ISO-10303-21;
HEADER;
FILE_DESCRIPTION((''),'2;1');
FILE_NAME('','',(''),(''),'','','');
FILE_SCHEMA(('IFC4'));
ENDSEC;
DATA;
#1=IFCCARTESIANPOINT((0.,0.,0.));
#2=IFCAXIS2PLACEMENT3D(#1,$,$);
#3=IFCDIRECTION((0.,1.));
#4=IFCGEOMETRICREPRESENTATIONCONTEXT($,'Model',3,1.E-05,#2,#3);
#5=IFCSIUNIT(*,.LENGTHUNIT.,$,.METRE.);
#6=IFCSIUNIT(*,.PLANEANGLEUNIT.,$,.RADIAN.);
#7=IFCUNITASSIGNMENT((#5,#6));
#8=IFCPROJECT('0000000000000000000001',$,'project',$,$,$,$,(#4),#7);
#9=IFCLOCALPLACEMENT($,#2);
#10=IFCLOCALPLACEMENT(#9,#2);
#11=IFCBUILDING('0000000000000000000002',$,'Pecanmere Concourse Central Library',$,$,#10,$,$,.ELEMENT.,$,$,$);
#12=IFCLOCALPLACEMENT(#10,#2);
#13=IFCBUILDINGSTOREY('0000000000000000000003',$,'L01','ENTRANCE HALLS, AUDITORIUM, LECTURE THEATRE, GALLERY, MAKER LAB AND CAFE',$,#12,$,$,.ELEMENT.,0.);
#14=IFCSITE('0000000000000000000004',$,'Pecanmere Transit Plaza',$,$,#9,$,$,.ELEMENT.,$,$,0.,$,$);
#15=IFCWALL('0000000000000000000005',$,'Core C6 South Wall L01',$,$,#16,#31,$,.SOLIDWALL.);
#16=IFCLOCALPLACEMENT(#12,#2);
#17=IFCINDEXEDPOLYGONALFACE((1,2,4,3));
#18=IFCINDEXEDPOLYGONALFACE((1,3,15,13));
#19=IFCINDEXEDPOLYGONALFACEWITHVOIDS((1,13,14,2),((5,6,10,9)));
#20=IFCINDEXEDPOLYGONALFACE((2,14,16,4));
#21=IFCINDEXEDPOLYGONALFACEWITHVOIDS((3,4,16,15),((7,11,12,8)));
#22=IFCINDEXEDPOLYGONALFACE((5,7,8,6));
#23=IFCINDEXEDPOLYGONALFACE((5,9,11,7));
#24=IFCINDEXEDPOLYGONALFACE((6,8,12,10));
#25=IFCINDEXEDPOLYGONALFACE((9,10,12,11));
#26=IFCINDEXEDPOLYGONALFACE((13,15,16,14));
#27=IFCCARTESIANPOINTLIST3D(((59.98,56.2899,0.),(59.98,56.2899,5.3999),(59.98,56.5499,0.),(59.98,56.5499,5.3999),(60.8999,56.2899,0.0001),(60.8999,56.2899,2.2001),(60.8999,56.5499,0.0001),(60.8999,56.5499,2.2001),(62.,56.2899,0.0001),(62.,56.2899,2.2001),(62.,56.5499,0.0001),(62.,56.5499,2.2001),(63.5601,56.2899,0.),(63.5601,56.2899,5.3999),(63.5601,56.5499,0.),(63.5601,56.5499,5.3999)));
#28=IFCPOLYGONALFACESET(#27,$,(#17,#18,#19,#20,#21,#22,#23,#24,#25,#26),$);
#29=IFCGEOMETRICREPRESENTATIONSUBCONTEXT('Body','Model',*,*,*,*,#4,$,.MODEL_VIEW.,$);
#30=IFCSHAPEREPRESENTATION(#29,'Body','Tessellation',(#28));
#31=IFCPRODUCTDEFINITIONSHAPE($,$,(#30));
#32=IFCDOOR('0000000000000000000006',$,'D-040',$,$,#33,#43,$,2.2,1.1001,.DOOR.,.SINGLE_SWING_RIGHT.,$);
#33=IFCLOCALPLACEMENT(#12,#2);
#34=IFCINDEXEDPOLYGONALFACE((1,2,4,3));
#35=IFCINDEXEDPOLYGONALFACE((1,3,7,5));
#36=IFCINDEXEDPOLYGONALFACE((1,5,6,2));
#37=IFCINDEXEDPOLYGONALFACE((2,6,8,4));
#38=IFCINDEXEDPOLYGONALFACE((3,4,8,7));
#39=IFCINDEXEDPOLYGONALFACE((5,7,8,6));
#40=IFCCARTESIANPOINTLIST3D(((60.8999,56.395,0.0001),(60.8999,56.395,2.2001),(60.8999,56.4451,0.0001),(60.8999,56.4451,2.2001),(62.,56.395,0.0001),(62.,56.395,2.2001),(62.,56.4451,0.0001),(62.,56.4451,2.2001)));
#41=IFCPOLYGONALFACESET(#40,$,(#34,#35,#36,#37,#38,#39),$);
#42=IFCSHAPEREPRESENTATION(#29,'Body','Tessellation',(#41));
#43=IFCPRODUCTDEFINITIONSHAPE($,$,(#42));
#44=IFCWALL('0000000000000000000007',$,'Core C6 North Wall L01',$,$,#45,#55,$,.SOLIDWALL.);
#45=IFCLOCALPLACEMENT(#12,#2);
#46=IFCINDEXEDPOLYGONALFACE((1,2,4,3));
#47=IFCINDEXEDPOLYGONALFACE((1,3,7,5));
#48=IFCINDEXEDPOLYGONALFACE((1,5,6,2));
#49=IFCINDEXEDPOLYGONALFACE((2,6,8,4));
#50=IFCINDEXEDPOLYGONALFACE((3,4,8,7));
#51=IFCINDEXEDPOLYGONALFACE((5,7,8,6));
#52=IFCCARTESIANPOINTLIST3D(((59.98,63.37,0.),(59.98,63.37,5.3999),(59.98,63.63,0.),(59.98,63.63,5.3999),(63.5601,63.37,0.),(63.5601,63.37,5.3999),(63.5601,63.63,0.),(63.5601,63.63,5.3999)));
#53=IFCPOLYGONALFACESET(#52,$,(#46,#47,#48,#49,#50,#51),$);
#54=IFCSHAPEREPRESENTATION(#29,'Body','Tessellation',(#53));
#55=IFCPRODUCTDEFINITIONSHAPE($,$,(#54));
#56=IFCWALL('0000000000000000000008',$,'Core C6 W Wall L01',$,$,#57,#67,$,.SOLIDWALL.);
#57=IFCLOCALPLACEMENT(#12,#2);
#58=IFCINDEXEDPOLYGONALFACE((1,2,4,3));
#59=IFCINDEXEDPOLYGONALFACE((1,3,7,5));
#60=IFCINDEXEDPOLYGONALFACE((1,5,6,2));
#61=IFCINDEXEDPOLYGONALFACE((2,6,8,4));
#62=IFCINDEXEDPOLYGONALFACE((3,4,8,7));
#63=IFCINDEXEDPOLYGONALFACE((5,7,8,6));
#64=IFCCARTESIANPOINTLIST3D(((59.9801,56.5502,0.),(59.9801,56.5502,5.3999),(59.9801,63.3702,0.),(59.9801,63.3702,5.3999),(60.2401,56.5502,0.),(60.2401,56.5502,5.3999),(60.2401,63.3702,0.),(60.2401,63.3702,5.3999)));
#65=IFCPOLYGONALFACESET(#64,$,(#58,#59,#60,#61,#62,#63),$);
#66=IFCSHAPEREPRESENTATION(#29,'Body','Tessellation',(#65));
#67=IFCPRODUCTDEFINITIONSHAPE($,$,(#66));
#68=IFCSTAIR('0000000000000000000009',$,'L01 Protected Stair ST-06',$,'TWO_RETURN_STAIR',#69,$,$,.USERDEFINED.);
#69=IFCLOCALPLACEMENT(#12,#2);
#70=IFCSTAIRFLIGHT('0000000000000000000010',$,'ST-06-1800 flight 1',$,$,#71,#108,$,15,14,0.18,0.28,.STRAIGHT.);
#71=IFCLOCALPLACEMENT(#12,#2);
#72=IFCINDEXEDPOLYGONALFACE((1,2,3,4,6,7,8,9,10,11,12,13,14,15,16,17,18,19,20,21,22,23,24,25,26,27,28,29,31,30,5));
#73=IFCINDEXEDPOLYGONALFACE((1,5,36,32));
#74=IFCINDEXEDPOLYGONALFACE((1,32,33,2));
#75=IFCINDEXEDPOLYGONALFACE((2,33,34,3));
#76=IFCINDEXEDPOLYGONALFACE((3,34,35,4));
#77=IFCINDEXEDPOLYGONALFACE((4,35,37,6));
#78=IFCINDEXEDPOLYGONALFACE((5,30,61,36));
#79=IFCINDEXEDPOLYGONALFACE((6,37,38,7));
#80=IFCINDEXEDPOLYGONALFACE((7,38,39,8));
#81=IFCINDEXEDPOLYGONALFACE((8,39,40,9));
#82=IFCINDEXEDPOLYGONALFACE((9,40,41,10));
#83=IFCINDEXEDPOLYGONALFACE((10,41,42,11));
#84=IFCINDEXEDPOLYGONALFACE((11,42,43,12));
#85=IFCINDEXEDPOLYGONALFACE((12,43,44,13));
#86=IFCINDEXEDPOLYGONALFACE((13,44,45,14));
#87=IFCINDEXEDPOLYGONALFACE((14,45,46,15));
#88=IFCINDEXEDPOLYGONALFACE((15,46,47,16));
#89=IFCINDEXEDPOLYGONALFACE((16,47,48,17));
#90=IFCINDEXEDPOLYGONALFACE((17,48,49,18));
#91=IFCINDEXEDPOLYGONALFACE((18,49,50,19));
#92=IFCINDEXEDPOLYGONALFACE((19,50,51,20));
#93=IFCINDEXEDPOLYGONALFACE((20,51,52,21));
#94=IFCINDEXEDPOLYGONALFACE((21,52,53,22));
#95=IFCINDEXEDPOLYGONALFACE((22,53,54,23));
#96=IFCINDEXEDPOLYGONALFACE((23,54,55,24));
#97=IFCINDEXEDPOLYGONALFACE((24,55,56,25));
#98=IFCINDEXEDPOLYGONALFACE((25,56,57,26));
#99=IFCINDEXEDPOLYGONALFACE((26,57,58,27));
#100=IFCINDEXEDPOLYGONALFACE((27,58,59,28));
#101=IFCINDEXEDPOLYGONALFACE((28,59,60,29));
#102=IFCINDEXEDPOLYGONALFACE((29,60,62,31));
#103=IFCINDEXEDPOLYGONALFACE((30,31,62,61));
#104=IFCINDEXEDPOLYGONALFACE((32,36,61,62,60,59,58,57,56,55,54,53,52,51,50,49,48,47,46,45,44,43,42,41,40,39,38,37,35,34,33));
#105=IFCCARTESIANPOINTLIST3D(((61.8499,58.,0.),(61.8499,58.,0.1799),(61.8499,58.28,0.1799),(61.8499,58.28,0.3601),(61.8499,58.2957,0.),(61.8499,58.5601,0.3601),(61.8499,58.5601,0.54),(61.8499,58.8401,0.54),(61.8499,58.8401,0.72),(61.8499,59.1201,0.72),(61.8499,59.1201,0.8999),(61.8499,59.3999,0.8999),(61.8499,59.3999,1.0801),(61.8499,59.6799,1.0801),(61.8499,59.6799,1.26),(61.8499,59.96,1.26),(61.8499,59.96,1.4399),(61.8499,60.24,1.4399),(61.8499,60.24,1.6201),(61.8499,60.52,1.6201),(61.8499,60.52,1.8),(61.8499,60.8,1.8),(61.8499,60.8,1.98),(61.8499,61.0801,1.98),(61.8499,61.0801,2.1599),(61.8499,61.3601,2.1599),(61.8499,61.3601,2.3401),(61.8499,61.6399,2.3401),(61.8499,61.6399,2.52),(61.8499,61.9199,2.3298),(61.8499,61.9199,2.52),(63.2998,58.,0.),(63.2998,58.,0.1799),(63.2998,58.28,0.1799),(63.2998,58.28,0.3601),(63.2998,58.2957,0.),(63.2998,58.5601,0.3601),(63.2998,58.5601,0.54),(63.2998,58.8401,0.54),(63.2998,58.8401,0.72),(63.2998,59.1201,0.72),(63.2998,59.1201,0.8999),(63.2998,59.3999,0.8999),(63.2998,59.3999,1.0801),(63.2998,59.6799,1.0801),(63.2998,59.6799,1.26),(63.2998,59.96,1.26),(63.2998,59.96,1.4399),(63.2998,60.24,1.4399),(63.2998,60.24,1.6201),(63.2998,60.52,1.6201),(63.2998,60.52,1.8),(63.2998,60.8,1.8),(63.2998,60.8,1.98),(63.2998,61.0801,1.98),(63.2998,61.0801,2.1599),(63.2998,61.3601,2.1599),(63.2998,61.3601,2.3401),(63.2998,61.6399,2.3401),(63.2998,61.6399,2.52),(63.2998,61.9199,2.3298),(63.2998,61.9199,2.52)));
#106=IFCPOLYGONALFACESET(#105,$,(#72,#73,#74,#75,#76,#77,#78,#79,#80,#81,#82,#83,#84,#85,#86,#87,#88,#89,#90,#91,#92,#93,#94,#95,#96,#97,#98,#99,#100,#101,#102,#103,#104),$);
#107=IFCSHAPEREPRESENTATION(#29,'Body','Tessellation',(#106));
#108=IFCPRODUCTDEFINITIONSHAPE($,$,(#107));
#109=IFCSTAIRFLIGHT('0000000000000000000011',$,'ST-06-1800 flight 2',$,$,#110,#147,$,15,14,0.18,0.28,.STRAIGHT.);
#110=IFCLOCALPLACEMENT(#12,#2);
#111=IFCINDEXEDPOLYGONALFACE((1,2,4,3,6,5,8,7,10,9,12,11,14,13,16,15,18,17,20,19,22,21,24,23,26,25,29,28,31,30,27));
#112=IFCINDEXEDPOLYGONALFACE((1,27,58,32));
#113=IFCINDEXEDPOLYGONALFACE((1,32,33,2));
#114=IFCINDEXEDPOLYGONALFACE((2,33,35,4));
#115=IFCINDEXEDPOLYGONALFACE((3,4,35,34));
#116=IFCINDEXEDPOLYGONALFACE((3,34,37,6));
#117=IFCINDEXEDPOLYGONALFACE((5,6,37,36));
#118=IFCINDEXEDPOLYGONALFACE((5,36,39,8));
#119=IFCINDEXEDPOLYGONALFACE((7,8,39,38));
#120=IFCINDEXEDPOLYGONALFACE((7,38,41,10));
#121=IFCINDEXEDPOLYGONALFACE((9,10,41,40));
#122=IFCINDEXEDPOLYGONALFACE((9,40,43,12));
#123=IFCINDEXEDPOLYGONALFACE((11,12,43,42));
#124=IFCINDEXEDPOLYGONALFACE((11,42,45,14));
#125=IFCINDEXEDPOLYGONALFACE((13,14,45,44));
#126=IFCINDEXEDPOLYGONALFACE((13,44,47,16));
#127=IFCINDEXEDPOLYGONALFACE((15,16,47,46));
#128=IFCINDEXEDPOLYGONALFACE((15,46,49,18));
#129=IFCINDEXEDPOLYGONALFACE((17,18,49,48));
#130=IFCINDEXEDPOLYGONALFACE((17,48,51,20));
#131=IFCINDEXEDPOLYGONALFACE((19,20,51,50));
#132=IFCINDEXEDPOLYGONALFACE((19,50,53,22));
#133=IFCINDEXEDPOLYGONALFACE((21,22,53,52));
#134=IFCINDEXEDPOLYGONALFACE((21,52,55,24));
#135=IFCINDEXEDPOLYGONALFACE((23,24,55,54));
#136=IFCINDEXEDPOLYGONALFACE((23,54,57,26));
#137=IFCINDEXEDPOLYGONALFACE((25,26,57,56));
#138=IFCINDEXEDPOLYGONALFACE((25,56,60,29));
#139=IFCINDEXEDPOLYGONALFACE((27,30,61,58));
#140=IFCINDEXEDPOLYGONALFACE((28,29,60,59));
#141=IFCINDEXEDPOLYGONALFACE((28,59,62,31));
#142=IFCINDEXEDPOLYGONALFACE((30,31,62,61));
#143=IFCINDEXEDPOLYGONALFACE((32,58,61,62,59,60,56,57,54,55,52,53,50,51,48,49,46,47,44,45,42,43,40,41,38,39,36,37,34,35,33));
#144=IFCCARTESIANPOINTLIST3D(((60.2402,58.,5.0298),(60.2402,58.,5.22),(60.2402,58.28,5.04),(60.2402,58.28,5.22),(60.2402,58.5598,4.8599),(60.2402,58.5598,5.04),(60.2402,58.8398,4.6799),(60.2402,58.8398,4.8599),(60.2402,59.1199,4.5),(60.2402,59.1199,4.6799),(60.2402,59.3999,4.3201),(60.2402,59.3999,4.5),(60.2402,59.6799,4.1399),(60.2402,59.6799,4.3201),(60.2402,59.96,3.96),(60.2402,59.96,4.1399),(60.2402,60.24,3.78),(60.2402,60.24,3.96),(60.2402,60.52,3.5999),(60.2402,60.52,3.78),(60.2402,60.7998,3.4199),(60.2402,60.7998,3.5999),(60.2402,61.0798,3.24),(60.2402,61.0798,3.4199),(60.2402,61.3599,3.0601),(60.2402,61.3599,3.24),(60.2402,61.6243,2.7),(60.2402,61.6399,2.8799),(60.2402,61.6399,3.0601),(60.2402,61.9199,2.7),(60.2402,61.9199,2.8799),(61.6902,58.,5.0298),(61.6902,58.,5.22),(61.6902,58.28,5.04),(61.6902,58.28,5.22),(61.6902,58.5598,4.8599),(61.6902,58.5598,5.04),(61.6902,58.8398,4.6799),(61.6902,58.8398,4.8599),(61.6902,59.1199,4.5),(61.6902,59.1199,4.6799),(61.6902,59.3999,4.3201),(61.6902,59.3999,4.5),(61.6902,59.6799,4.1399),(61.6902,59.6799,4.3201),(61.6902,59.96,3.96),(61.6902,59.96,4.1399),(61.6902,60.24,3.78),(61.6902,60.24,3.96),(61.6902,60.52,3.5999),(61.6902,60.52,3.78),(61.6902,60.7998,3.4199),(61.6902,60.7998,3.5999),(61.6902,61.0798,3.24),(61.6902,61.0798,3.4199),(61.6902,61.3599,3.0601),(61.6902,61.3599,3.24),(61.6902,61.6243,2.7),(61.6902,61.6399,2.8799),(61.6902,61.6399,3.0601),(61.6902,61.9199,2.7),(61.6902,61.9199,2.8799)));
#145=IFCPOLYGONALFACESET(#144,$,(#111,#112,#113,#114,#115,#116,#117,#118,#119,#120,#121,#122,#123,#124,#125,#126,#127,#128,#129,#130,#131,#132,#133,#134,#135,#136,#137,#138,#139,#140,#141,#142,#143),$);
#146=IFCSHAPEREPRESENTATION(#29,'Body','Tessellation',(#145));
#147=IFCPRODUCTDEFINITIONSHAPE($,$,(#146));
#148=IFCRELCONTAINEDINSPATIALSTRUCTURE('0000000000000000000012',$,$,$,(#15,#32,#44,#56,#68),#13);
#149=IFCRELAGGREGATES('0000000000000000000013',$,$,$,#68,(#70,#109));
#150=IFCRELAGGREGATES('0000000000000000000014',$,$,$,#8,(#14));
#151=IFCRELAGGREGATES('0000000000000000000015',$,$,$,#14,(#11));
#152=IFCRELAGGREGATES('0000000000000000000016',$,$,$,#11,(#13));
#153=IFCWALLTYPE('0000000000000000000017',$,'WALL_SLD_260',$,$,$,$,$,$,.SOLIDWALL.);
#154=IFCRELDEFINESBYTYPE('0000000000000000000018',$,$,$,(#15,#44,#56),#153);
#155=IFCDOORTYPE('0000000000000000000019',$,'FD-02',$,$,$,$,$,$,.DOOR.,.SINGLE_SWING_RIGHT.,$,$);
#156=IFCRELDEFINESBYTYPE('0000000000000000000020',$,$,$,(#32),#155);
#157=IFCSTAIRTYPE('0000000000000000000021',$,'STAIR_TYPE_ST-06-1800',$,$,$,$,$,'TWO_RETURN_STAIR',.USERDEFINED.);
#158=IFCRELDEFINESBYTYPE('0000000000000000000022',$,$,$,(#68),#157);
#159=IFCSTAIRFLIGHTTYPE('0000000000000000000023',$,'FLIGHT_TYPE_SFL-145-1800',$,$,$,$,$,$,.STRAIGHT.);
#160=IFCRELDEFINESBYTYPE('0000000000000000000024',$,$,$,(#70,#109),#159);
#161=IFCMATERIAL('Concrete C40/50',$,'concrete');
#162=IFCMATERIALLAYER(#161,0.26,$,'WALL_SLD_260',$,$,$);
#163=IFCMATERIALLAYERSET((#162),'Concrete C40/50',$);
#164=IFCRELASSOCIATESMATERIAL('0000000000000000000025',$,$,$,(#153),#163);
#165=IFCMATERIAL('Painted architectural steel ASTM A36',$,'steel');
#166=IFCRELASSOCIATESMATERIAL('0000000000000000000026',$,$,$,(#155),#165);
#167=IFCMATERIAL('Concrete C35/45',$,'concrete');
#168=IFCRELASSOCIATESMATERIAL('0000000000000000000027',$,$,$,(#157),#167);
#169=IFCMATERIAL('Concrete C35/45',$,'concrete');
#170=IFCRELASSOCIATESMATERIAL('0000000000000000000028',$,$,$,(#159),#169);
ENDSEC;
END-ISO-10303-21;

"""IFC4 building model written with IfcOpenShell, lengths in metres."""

from ifc_helpers import new_model, si_unit, direction, frame, frame_2d, origin, place, context, subcontext, project, spatial, polyline, rectangle, outline, extrude, material, layer, layer_set, type_object, element, fill, aggregate, save


model = new_model("IFC4")

# Units and contexts
model_context = context("Model", 3, precision=1e-05, world=origin(), true_north=direction((0.0, 1.0)))
body_context = subcontext(model_context, "Body", "Model", "MODEL_VIEW")
ifc_project = project(units=[si_unit("LENGTHUNIT", "METRE"), si_unit("PLANEANGLEUNIT", "RADIAN")], contexts=[model_context])

# Site, building, storey
site_placement = place(None, origin())
site = spatial("IfcSite", under=ifc_project, at=site_placement, Name="Pecanmere Transit Plaza", CompositionType="ELEMENT", RefElevation=0.0)
building_placement = place(site_placement, origin())
building = spatial("IfcBuilding", under=site, at=building_placement, Name="Pecanmere Concourse Central Library", CompositionType="ELEMENT")
storey_placement = place(building_placement, origin())
storey = spatial("IfcBuildingStorey", under=building, at=storey_placement, Name="L01", Description="ENTRANCE HALLS, AUDITORIUM, LECTURE THEATRE, GALLERY, MAKER LAB AND CAFE", CompositionType="ELEMENT", Elevation=0.0)

# Wall, opening, door
ifc_material_1 = material(Name="Concrete C40/50", Category="concrete")
ifc_layer_1 = layer(ifc_material_1, 0.26, Name="WALL_SLD_260")
ifc_layer_set_1 = layer_set([ifc_layer_1], Name="Concrete C40/50")
wall_type_1 = type_object("IfcWallType", Name="WALL_SLD_260", PredefinedType="SOLIDWALL", material=ifc_layer_set_1)
wall_1_placement = place(storey_placement, frame((59.98, 56.4199, 0.0), z_axis=(0.0, 0.0, 1.0), x_axis=(1.0, 0.0, 0.0)))
wall_1 = element("IfcWall", 1, at=wall_1_placement, inside=storey, type_object=wall_type_1, Name="Core C6 South Wall L01", PredefinedType="SOLIDWALL", context=body_context, shape_type="SweptSolid", body=[
    extrude(rectangle(XDim=3.5801, YDim=0.26, at=frame_2d((1.79, 0.0))), origin(), (0.0, 0.0, 1.0), 5.3999),
])
opening_1_placement = place(wall_1_placement, frame((0.9199, 0.0, 0.0)))
opening_1 = element("IfcOpeningElement", 2, at=opening_1_placement, cuts=wall_1, PredefinedType="OPENING", context=body_context, shape_type="SweptSolid", body=[
    extrude(rectangle(XDim=1.1001, YDim=2.2, at=frame_2d((0.55, 1.1001))), frame((0.0, 0.1421, 0.0), z_axis=(0.0, -1.0, 0.0), x_axis=(1.0, 0.0, 0.0)), (0.0, 0.0, 1.0), 0.2839),
])
ifc_material_2 = material(Name="Painted architectural steel ASTM A36", Category="steel")
door_type_1 = type_object("IfcDoorType", Name="FD-02", OperationType="SINGLE_SWING_RIGHT", PredefinedType="DOOR", material=ifc_material_2)
door_1_placement = place(opening_1_placement, frame((1.1001, 0.0, 0.0), z_axis=(0.0, 0.0, 1.0), x_axis=(-1.0, 0.0, 0.0)))
door_1 = element("IfcDoor", 3, at=door_1_placement, inside=storey, type_object=door_type_1, Name="D-040", OperationType="SINGLE_SWING_RIGHT", OverallHeight=2.2, OverallWidth=1.1001, PredefinedType="DOOR", context=body_context, shape_type="SweptSolid", body=[
    extrude(rectangle(XDim=1.1001, YDim=2.2, at=frame_2d((0.55, 1.1001))), frame((0.0, 0.0249, 0.0), z_axis=(0.0, -1.0, 0.0), x_axis=(1.0, 0.0, 0.0)), (0.0, 0.0, 1.0), 0.05),
])
fill(opening_1, door_1)

# Walls
wall_2_placement = place(storey_placement, frame((59.98, 63.5, 0.0), z_axis=(0.0, 0.0, 1.0), x_axis=(1.0, 0.0, 0.0)))
element("IfcWall", 4, at=wall_2_placement, inside=storey, type_object=wall_type_1, Name="Core C6 North Wall L01", PredefinedType="SOLIDWALL", context=body_context, shape_type="SweptSolid", body=[
    extrude(rectangle(XDim=3.5801, YDim=0.26, at=frame_2d((1.79, 0.0))), origin(), (0.0, 0.0, 1.0), 5.3999),
])
wall_3_placement = place(storey_placement, frame((60.1101, 56.55, 0.0), z_axis=(0.0, 0.0, 1.0), x_axis=(0.0, 1.0, 0.0)))
element("IfcWall", 5, at=wall_3_placement, inside=storey, type_object=wall_type_1, Name="Core C6 W Wall L01", PredefinedType="SOLIDWALL", context=body_context, shape_type="SweptSolid", body=[
    extrude(rectangle(XDim=6.8201, YDim=0.26, at=frame_2d((3.4102, 0.0))), origin(), (0.0, 0.0, 1.0), 5.3999),
])

# Stair, stair flights
ifc_material_3 = material(Name="Concrete C35/45", Category="concrete")
stair_type = type_object("IfcStairType", Name="STAIR_TYPE_ST-06-1800", ElementType="TWO_RETURN_STAIR", PredefinedType="USERDEFINED", material=ifc_material_3)
stair_placement = place(storey_placement, origin())
stair = element("IfcStair", 6, at=stair_placement, inside=storey, type_object=stair_type, Name="L01 Protected Stair ST-06", ObjectType="TWO_RETURN_STAIR", PredefinedType="USERDEFINED")
ifc_material_4 = material(Name="Concrete C35/45", Category="concrete")
stair_flight_type = type_object("IfcStairFlightType", Name="FLIGHT_TYPE_SFL-145-1800", PredefinedType="STRAIGHT", material=ifc_material_4)
stair_flight_1_placement = place(storey_placement, frame((62.575, 58.0, 0.0), z_axis=(0.0, 0.0, 1.0), x_axis=(0.0, 1.0, 0.0)))
stair_flight_1 = element("IfcStairFlight", 7, at=stair_flight_1_placement, type_object=stair_flight_type, Name="ST-06-1800 flight 1", NumberOfRisers=15, NumberOfTreads=14, PredefinedType="STRAIGHT", RiserHeight=0.18, TreadLength=0.28, context=body_context, shape_type="SweptSolid", body=[
    extrude(outline(polyline([(0.0, 0.0), (0.0, 0.1799), (0.28, 0.1799), (0.28, 0.3601), (0.5601, 0.3601), (0.5601, 0.54), (0.8401, 0.54), (0.8401, 0.72), (1.1201, 0.72), (1.1201, 0.8999), (1.3999, 0.8999), (1.3999, 1.0801), (1.6799, 1.0801), (1.6799, 1.26), (1.96, 1.26), (1.96, 1.4399), (2.24, 1.4399), (2.24, 1.6201), (2.52, 1.6201), (2.52, 1.8), (2.8, 1.8), (2.8, 1.98), (3.0801, 1.98), (3.0801, 2.1599), (3.3601, 2.1599), (3.3601, 2.3401), (3.6399, 2.3401), (3.6399, 2.52), (3.9199, 2.52), (3.9199, 2.7), (3.9199, 2.3298), (0.2957, 0.0), (0.0, 0.0)])), frame((0.0, 0.7251, 0.0), z_axis=(0.0, -1.0, 0.0), x_axis=(1.0, 0.0, 0.0)), (0.0, 0.0, 1.0), 1.45),
])
stair_flight_2_placement = place(storey_placement, frame((60.9651, 61.9199, 2.7), z_axis=(0.0, 0.0, 1.0), x_axis=(0.0, -1.0, 0.0)))
stair_flight_2 = element("IfcStairFlight", 8, at=stair_flight_2_placement, type_object=stair_flight_type, Name="ST-06-1800 flight 2", NumberOfRisers=15, NumberOfTreads=14, PredefinedType="STRAIGHT", RiserHeight=0.18, TreadLength=0.28, context=body_context, shape_type="SweptSolid", body=[
    extrude(outline(polyline([(0.0, 0.0), (0.0, 0.1799), (0.28, 0.1799), (0.28, 0.3601), (0.5601, 0.3601), (0.5601, 0.54), (0.8401, 0.54), (0.8401, 0.72), (1.1201, 0.72), (1.1201, 0.8999), (1.3999, 0.8999), (1.3999, 1.0801), (1.6799, 1.0801), (1.6799, 1.26), (1.96, 1.26), (1.96, 1.4399), (2.24, 1.4399), (2.24, 1.6201), (2.52, 1.6201), (2.52, 1.8), (2.8, 1.8), (2.8, 1.98), (3.0801, 1.98), (3.0801, 2.1599), (3.3601, 2.1599), (3.3601, 2.3401), (3.6399, 2.3401), (3.6399, 2.52), (3.9199, 2.52), (3.9199, 2.7), (3.9199, 2.3298), (0.2957, 0.0), (0.0, 0.0)])), frame((0.0, 0.7251, 0.0), z_axis=(0.0, -1.0, 0.0), x_axis=(1.0, 0.0, 0.0)), (0.0, 0.0, 1.0), 1.45),
])
aggregate(stair, [stair_flight_1, stair_flight_2])

save(model, "model.ifc")
